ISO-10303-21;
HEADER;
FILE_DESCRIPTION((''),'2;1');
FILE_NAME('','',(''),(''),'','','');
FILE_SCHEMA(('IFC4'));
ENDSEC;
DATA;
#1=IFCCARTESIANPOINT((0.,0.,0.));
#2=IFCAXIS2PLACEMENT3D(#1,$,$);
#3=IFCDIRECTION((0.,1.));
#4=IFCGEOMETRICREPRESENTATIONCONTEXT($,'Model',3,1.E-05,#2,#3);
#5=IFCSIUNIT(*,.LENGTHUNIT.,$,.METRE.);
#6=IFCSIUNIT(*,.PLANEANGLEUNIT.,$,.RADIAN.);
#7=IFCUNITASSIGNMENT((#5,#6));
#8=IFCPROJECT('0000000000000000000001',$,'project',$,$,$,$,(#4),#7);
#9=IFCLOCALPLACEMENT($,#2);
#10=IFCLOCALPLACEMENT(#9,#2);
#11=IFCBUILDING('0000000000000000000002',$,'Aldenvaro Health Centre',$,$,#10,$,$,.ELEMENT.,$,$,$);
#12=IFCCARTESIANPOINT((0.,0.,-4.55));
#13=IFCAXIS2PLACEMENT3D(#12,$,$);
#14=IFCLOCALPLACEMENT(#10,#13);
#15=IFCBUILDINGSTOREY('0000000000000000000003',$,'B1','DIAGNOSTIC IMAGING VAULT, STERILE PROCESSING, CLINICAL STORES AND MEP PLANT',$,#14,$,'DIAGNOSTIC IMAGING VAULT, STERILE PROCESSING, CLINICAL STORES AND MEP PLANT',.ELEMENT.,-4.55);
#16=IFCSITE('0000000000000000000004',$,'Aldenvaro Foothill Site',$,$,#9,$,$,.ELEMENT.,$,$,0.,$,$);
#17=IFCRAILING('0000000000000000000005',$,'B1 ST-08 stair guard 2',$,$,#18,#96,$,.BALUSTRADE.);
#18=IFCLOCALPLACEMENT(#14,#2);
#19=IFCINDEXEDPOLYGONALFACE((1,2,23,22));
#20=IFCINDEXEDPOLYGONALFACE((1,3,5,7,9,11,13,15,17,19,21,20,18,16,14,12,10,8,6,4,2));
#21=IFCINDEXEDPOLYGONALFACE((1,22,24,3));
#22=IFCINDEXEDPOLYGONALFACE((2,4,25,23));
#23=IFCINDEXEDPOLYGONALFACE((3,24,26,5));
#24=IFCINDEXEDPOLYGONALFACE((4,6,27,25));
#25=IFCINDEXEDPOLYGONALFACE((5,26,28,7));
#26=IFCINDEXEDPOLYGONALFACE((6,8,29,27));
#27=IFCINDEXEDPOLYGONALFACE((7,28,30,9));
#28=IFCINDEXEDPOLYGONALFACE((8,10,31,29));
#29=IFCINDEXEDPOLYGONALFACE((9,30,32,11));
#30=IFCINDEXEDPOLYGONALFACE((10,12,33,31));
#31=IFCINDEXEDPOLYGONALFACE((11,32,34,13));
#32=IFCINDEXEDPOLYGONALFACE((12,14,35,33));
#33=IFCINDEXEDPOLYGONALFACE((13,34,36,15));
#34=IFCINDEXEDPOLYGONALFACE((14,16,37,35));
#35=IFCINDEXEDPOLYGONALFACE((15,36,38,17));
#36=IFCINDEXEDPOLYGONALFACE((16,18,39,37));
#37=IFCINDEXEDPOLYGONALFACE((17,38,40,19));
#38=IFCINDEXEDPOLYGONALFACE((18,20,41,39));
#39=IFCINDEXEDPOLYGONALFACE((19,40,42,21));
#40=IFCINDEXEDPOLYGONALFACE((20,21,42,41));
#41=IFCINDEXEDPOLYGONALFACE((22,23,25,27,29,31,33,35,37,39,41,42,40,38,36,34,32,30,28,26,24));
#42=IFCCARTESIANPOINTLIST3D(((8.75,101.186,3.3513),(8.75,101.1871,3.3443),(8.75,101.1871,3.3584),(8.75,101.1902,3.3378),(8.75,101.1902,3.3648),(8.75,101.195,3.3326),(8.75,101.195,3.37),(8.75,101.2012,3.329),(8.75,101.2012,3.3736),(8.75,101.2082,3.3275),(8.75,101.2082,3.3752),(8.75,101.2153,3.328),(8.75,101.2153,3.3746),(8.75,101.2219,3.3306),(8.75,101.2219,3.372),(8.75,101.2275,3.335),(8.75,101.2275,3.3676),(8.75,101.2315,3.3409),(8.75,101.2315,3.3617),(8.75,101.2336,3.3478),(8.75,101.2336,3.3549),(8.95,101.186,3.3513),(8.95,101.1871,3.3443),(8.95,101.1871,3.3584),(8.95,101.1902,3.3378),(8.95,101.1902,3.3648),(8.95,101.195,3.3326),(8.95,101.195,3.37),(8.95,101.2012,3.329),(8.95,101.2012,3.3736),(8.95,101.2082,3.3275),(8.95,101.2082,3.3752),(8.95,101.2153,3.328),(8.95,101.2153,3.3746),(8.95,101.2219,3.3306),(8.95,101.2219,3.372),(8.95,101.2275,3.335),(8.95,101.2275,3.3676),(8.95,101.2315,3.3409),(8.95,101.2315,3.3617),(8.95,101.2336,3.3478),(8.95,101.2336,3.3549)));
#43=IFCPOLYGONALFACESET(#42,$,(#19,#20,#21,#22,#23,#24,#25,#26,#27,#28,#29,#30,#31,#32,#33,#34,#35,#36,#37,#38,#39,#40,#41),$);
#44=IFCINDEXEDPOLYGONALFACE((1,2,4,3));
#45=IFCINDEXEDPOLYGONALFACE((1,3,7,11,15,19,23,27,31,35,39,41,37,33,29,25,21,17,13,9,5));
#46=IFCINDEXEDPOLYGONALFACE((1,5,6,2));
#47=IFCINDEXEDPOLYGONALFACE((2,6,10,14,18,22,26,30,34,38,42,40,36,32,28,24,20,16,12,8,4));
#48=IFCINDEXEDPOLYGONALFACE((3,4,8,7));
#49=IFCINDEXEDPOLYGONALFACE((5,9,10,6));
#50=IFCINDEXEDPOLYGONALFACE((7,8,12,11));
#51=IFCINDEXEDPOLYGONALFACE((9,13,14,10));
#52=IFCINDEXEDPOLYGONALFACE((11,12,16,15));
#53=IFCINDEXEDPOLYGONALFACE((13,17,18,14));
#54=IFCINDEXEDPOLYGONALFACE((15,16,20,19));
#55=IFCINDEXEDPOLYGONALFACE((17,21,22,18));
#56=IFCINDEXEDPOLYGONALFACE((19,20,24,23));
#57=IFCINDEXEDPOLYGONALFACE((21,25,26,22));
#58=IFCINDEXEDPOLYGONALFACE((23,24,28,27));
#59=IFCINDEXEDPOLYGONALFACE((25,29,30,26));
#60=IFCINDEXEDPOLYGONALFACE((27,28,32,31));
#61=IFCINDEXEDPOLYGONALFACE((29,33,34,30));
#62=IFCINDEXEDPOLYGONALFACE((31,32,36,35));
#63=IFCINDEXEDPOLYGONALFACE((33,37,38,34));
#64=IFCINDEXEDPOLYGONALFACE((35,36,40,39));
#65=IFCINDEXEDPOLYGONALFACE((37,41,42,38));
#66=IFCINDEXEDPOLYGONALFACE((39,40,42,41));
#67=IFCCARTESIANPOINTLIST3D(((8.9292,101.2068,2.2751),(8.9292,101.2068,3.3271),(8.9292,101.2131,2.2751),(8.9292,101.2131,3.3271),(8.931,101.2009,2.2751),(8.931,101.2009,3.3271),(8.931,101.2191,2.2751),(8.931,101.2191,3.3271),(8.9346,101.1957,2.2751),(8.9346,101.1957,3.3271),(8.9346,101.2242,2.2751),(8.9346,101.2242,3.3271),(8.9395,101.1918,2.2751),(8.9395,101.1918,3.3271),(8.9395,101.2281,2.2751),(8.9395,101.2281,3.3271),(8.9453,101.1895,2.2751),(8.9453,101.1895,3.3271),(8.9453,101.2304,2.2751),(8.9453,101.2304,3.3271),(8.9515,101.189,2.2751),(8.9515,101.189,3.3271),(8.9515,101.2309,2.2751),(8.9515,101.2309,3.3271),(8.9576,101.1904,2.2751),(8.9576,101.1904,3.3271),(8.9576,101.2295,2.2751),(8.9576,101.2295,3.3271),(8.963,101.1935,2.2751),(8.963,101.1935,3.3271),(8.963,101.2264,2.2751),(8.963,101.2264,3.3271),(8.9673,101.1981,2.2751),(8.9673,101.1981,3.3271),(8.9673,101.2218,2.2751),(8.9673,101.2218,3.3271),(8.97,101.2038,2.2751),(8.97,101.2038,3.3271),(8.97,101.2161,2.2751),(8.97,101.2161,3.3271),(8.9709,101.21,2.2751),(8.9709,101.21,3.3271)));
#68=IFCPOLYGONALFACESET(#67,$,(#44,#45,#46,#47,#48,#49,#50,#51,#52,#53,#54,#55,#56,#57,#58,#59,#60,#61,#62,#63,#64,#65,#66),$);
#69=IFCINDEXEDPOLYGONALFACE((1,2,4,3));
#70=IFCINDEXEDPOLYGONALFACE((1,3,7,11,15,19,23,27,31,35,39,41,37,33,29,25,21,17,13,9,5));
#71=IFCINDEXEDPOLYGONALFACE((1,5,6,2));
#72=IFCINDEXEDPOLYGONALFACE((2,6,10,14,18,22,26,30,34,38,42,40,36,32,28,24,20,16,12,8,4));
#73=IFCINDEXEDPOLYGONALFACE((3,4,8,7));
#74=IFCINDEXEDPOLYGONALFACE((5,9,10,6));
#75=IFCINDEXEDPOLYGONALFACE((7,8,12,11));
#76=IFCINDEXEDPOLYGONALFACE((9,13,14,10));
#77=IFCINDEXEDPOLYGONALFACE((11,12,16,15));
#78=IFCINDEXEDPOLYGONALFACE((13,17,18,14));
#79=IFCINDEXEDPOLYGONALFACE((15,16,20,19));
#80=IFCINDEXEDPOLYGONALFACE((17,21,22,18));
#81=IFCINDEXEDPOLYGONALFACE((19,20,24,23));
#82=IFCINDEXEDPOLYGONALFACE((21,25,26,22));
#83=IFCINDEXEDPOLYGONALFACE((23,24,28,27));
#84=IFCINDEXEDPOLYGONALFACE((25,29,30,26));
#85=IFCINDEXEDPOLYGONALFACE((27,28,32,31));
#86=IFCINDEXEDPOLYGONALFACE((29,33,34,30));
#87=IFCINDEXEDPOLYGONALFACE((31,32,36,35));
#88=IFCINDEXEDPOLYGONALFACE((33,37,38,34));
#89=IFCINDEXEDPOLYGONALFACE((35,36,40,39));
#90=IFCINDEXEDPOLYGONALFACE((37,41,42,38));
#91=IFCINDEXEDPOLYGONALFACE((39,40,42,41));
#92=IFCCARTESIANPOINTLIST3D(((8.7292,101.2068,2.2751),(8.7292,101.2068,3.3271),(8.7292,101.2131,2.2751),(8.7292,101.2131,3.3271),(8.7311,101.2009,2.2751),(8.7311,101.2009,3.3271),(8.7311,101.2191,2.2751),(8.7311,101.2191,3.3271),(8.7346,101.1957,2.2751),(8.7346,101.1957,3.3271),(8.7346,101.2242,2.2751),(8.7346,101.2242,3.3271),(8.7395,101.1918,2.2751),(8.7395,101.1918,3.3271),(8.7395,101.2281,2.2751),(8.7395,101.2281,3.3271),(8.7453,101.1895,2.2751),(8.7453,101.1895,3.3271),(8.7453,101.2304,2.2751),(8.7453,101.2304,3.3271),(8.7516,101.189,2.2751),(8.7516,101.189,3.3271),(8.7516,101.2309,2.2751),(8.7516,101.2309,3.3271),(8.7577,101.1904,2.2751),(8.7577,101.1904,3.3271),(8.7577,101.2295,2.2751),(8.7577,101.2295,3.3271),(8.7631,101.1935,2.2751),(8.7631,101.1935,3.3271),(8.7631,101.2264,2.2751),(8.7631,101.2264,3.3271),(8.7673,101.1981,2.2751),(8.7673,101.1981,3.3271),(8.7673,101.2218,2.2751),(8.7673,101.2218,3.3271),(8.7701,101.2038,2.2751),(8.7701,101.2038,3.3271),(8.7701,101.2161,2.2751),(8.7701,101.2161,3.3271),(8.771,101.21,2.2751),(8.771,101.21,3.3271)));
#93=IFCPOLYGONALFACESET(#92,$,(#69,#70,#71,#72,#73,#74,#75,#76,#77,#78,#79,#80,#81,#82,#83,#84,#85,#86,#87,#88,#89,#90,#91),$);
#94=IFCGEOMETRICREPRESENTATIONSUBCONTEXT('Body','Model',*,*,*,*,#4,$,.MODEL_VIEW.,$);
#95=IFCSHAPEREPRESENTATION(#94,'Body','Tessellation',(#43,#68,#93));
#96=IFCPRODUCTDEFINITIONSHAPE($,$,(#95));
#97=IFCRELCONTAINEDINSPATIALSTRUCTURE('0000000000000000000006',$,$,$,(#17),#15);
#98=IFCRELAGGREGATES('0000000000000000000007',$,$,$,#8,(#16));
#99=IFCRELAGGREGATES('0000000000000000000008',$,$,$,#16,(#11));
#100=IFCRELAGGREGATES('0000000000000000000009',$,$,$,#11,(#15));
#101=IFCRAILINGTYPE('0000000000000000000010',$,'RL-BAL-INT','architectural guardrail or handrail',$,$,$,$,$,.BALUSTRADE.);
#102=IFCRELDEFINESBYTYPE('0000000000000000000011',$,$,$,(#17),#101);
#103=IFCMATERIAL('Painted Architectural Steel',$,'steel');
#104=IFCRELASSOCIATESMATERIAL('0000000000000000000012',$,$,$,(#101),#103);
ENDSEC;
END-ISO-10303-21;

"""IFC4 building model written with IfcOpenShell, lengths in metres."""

from ifc_helpers import new_model, si_unit, direction, frame, origin, origin_2d, place, context, subcontext, project, spatial, circle, extrude, material, type_object, element, save


model = new_model("IFC4")

# Units and contexts
model_context = context("Model", 3, precision=1e-05, world=origin(), true_north=direction((0.0, 1.0)))
body_context = subcontext(model_context, "Body", "Model", "MODEL_VIEW")
ifc_project = project(units=[si_unit("LENGTHUNIT", "METRE"), si_unit("PLANEANGLEUNIT", "RADIAN")], contexts=[model_context])

# Site, building, storey
site_placement = place(None, origin())
site = spatial("IfcSite", under=ifc_project, at=site_placement, Name="Aldenvaro Foothill Site", CompositionType="ELEMENT", RefElevation=0.0)
building_placement = place(site_placement, origin())
building = spatial("IfcBuilding", under=site, at=building_placement, Name="Aldenvaro Health Centre", CompositionType="ELEMENT")
storey_placement = place(building_placement, frame((0.0, 0.0, -4.55)))
storey = spatial("IfcBuildingStorey", under=building, at=storey_placement, Name="B1", Description="DIAGNOSTIC IMAGING VAULT, STERILE PROCESSING, CLINICAL STORES AND MEP PLANT", LongName="DIAGNOSTIC IMAGING VAULT, STERILE PROCESSING, CLINICAL STORES AND MEP PLANT", CompositionType="ELEMENT", Elevation=-4.55)

# Railing
ifc_material_1 = material(Name="Painted Architectural Steel", Category="steel")
railing_type_1 = type_object("IfcRailingType", Name="RL-BAL-INT", Description="architectural guardrail or handrail", PredefinedType="BALUSTRADE", material=ifc_material_1)
railing_1_placement = place(storey_placement, frame((8.95, 101.21, 2.2751)))
element("IfcRailing", 1, at=railing_1_placement, inside=storey, type_object=railing_type_1, Name="B1 ST-08 stair guard 2", PredefinedType="BALUSTRADE", context=body_context, shape_type="SweptSolid", body=[
    extrude(circle(Radius=0.0239, at=origin_2d()), frame((0.0, 0.0, 1.0762), z_axis=(-1.0, 0.0, 0.0), x_axis=(0.0, -1.0, 0.0)), (0.0, 0.0, 1.0), 0.2),
    extrude(circle(Radius=0.021, at=origin_2d()), origin(), (0.0, 0.0, 1.0), 1.052),
    extrude(circle(Radius=0.021, at=origin_2d()), frame((-0.2, 0.0, 0.0)), (0.0, 0.0, 1.0), 1.052),
])

save(model, "model.ifc")
